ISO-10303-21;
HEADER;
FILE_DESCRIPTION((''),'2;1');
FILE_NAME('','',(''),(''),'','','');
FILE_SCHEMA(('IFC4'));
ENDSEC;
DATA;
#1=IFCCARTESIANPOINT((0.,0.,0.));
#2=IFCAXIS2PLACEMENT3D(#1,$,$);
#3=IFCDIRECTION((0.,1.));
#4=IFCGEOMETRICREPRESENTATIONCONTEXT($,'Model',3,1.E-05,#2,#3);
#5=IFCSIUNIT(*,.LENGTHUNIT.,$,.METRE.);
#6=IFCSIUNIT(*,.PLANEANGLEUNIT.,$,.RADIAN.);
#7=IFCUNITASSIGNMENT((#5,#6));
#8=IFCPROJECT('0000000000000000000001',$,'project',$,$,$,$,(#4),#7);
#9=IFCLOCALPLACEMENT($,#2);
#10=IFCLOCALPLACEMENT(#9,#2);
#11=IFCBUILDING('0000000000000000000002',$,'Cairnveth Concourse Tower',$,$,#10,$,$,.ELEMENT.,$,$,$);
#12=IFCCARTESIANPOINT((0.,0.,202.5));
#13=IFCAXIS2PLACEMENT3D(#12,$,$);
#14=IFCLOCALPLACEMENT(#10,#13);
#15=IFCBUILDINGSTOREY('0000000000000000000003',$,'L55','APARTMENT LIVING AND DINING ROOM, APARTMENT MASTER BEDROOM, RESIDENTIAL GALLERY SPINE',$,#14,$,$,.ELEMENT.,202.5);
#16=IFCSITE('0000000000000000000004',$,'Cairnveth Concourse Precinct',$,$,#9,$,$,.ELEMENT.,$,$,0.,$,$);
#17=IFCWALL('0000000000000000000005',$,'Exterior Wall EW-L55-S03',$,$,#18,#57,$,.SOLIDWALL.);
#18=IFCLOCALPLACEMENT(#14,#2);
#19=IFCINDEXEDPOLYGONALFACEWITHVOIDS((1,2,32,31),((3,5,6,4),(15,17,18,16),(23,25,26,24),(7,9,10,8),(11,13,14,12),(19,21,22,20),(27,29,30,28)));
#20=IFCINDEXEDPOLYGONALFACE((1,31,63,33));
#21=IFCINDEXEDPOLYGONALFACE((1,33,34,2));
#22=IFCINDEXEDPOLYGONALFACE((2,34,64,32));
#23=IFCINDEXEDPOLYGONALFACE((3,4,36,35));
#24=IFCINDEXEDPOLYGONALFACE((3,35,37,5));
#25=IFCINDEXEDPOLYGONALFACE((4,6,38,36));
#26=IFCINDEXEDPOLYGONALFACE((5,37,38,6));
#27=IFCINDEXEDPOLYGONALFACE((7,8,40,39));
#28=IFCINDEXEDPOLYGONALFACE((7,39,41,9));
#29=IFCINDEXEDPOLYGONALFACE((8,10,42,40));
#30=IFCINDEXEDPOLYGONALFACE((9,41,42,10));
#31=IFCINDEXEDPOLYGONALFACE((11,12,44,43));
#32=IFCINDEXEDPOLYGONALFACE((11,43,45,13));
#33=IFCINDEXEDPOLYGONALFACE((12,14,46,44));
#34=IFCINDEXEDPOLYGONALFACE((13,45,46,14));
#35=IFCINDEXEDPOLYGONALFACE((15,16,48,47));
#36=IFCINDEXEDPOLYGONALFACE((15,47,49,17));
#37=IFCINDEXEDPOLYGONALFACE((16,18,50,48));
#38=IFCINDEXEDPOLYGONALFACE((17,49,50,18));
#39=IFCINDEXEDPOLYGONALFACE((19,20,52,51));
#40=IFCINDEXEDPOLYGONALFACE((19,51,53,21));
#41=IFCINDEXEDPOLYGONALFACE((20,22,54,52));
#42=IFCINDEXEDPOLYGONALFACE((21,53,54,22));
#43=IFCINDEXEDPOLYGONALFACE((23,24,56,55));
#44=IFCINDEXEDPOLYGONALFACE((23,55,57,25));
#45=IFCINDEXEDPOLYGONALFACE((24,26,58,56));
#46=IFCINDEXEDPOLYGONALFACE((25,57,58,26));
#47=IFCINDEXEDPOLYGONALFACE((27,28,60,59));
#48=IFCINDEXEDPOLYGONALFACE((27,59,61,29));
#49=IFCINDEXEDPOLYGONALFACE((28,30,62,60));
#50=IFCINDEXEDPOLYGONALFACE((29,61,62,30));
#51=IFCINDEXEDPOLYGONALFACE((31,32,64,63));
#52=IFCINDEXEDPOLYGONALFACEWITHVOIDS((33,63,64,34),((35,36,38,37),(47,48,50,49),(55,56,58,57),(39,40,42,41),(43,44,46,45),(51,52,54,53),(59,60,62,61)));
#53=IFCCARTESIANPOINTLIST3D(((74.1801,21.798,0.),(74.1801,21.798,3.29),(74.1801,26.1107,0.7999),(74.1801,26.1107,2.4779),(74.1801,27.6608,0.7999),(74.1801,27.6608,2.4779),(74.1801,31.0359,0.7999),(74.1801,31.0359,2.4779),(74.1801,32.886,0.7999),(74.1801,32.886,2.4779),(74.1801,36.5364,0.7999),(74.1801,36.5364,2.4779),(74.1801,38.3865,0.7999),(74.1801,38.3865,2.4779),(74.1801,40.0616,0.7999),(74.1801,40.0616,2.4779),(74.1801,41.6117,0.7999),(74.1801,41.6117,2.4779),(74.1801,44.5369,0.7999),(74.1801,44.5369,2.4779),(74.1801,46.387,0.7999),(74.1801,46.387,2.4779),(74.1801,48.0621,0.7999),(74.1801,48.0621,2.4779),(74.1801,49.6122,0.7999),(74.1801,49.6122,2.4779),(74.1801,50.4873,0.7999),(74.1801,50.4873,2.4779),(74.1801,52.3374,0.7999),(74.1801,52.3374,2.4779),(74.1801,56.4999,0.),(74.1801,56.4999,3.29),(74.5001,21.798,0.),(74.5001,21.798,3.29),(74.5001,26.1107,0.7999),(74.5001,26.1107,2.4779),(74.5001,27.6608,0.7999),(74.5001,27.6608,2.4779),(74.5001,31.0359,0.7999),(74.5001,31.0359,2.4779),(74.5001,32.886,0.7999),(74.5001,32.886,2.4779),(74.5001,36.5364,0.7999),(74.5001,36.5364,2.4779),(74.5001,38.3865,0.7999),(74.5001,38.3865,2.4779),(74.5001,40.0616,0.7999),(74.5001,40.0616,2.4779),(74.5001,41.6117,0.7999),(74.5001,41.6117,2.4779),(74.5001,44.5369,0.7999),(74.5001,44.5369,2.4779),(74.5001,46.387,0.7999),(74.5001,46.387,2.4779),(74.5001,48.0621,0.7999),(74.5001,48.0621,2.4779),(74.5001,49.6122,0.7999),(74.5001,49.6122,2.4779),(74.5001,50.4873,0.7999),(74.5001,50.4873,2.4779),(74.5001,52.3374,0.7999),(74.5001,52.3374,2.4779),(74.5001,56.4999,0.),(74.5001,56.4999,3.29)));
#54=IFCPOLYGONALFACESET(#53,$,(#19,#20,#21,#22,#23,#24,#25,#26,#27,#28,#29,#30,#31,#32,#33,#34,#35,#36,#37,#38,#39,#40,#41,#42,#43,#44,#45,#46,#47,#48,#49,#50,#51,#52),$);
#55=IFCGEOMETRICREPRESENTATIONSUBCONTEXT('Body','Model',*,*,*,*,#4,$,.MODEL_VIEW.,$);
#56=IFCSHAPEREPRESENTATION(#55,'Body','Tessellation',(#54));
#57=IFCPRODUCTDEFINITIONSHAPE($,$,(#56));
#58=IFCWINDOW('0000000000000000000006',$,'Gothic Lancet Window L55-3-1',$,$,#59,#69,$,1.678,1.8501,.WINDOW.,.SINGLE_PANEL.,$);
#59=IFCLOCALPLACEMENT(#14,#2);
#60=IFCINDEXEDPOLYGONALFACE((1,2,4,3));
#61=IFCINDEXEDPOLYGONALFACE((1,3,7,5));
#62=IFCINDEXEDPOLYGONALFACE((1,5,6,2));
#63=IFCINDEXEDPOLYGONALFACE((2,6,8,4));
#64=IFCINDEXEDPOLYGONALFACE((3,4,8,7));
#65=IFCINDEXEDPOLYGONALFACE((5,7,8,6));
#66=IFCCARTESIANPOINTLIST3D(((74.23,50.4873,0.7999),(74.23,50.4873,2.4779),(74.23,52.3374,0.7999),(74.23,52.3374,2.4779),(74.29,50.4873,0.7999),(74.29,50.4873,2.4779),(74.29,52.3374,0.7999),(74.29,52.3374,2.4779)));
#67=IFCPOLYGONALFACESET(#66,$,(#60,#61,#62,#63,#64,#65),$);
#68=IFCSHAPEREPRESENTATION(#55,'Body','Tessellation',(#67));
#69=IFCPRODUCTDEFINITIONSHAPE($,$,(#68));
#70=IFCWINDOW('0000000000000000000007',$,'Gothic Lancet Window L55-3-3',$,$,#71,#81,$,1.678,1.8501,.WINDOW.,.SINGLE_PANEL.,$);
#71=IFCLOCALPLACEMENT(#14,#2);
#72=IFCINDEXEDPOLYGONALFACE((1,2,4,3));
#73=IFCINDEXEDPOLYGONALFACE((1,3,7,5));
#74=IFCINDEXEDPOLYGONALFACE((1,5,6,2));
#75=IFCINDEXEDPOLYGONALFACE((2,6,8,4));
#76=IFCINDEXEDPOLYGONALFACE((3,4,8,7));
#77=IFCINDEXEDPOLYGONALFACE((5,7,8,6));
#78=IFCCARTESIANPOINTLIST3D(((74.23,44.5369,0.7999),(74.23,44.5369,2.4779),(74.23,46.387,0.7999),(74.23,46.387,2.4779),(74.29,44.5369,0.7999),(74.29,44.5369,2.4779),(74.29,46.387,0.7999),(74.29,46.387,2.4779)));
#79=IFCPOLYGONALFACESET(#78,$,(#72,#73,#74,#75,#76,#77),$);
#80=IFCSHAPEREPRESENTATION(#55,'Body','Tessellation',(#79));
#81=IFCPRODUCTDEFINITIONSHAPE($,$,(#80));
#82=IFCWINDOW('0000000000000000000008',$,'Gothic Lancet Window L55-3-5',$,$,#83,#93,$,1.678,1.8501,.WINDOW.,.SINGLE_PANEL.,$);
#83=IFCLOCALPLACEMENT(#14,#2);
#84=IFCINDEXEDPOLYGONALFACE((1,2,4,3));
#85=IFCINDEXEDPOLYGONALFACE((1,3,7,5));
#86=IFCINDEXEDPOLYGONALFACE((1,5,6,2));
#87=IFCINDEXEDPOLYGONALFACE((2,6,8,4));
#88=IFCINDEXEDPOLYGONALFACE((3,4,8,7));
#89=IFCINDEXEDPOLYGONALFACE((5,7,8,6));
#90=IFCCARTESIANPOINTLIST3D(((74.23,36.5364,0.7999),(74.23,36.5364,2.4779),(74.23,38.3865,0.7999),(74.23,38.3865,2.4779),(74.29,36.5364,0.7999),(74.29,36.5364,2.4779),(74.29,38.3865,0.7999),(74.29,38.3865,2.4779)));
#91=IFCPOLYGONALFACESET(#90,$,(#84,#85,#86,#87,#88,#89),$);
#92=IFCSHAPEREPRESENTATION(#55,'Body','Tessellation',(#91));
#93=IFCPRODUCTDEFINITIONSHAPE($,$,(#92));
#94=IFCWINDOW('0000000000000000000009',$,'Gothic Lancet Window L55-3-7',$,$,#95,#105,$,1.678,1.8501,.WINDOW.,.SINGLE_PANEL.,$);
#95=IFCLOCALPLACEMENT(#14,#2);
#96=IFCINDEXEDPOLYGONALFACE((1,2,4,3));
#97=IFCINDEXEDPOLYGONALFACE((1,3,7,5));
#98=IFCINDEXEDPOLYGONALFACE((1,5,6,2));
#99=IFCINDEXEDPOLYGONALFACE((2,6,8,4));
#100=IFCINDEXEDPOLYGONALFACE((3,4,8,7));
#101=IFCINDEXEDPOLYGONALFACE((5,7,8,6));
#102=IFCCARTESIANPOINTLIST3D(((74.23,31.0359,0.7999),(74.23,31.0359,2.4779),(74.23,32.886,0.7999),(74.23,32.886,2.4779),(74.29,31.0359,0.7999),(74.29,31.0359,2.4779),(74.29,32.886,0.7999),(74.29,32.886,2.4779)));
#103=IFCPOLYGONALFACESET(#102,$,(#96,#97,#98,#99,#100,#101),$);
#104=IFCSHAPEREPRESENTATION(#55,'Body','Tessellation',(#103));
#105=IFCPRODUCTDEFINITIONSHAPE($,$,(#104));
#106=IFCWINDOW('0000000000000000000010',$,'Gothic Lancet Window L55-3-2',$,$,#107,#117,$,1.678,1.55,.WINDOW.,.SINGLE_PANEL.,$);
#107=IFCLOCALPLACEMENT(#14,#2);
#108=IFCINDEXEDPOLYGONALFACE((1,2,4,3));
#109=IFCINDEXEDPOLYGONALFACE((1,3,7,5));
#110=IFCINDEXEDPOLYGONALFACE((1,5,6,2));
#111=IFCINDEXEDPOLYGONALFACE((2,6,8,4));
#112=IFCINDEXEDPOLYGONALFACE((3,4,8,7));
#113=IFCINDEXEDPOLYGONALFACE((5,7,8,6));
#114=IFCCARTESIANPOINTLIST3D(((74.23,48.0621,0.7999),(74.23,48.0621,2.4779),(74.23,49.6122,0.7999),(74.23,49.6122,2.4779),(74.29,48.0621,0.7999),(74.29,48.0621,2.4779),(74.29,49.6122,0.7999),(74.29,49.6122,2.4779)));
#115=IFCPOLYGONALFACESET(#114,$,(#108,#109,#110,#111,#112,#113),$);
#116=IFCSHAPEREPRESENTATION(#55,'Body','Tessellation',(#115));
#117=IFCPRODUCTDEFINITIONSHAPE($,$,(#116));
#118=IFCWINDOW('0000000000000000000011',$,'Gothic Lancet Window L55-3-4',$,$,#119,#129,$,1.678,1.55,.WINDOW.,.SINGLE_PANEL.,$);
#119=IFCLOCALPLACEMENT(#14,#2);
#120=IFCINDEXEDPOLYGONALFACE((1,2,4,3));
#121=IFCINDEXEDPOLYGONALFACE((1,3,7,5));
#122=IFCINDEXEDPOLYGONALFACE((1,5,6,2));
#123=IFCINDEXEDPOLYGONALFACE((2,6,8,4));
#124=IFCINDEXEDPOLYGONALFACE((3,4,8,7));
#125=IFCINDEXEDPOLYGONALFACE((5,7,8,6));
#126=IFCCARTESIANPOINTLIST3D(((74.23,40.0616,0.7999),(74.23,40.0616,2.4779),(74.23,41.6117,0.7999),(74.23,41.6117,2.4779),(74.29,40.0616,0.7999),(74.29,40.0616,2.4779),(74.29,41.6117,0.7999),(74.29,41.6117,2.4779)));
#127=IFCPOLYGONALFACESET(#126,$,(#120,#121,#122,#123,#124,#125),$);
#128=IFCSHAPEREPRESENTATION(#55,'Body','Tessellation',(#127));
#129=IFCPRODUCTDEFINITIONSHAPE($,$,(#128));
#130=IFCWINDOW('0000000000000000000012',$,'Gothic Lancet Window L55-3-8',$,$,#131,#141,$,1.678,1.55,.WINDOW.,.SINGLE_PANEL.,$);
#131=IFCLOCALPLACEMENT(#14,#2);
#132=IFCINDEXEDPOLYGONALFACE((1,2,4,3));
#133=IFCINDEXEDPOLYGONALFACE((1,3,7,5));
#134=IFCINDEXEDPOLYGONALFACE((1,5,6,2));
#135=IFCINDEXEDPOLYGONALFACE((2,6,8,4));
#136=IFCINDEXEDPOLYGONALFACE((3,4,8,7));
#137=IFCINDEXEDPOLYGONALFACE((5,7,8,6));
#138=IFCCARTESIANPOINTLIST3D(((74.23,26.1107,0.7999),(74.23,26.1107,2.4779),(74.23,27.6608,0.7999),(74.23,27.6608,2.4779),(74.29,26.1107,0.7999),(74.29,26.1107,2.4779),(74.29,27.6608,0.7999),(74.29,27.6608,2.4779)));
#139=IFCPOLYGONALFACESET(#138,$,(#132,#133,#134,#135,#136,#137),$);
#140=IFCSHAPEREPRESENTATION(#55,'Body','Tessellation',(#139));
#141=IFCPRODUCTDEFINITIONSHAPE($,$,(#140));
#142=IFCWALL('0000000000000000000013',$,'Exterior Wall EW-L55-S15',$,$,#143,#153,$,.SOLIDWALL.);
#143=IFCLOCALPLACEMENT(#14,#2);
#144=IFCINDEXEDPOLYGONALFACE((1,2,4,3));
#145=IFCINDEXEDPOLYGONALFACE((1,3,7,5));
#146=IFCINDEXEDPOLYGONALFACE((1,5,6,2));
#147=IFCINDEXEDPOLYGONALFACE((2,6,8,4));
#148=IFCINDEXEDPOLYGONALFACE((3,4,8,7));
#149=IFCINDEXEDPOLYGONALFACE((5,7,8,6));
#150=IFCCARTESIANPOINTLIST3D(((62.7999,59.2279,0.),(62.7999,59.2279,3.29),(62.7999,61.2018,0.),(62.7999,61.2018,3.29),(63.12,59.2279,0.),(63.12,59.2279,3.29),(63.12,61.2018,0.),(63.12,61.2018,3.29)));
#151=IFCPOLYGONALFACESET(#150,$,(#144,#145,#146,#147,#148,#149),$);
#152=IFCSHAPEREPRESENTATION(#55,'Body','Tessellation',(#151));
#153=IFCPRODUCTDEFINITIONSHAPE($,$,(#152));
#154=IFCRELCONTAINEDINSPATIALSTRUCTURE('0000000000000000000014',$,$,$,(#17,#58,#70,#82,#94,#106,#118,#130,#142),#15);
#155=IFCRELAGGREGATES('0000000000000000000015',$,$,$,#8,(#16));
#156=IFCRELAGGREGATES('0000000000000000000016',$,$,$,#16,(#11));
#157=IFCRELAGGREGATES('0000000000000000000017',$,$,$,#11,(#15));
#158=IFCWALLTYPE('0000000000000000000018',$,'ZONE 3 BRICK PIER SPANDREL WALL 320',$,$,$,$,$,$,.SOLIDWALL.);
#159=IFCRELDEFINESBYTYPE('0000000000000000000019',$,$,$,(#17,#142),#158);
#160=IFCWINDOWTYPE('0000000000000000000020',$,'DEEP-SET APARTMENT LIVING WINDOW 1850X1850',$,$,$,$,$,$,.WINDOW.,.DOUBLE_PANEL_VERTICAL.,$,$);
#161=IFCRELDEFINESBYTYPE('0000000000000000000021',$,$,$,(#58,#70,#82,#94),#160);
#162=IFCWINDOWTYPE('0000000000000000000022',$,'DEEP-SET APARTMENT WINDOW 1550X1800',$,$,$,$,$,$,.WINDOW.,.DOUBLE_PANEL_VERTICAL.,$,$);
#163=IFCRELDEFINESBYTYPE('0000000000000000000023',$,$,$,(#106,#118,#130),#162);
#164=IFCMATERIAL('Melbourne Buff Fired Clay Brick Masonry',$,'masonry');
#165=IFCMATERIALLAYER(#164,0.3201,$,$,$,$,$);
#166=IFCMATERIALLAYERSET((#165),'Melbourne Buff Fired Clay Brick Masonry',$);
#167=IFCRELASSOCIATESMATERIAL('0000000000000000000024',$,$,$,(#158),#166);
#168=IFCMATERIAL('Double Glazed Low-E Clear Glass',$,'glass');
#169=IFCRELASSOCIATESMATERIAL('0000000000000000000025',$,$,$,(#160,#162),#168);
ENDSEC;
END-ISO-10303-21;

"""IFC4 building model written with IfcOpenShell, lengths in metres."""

from ifc_helpers import new_model, si_unit, direction, frame, frame_2d, origin, place, context, subcontext, project, spatial, rectangle, extrude, material, layer, layer_set, type_object, element, fill, save


model = new_model("IFC4")

# Units and contexts
model_context = context("Model", 3, precision=1e-05, world=origin(), true_north=direction((0.0, 1.0)))
body_context = subcontext(model_context, "Body", "Model", "MODEL_VIEW")
ifc_project = project(units=[si_unit("LENGTHUNIT", "METRE"), si_unit("PLANEANGLEUNIT", "RADIAN")], contexts=[model_context])

# Site, building, storey
site_placement = place(None, origin())
site = spatial("IfcSite", under=ifc_project, at=site_placement, Name="Cairnveth Concourse Precinct", CompositionType="ELEMENT", RefElevation=0.0)
building_placement = place(site_placement, origin())
building = spatial("IfcBuilding", under=site, at=building_placement, Name="Cairnveth Concourse Tower", CompositionType="ELEMENT")
storey_placement = place(building_placement, frame((0.0, 0.0, 202.5)))
storey = spatial("IfcBuildingStorey", under=building, at=storey_placement, Name="L55", Description="APARTMENT LIVING AND DINING ROOM, APARTMENT MASTER BEDROOM, RESIDENTIAL GALLERY SPINE", CompositionType="ELEMENT", Elevation=202.5)

# Shared definitions
ifc_material_1 = material(Name="Melbourne Buff Fired Clay Brick Masonry", Category="masonry")
ifc_layer_1 = layer(ifc_material_1, 0.3201)
ifc_layer_set_1 = layer_set([ifc_layer_1], Name="Melbourne Buff Fired Clay Brick Masonry")
wall_type = type_object("IfcWallType", Name="ZONE 3 BRICK PIER SPANDREL WALL 320", PredefinedType="SOLIDWALL", material=ifc_layer_set_1)
ifc_material_2 = material(Name="Double Glazed Low-E Clear Glass", Category="glass")

# Wall, openings, windows
wall_1_placement = place(storey_placement, frame((74.3401, 56.5, 0.0), z_axis=(0.0, 0.0, 1.0), x_axis=(0.0, -1.0, 0.0)))
wall_1 = element("IfcWall", 1, at=wall_1_placement, inside=storey, type_object=wall_type, Name="Exterior Wall EW-L55-S03", PredefinedType="SOLIDWALL", context=body_context, shape_type="SweptSolid", body=[
    extrude(rectangle(XDim=34.7019, YDim=0.3201, at=frame_2d((17.3511, 0.0))), origin(), (0.0, 0.0, 1.0), 3.29),
])
opening_1_placement = place(wall_1_placement, frame((4.1626, 0.0, 0.8)))
opening_1 = element("IfcOpeningElement", 2, at=opening_1_placement, cuts=wall_1, PredefinedType="OPENING", context=body_context, shape_type="SweptSolid", body=[
    extrude(rectangle(XDim=1.8501, YDim=1.678, at=frame_2d((0.925, 0.8389))), frame((0.0, 0.1699, 0.0), z_axis=(0.0, -1.0, 0.0), x_axis=(1.0, 0.0, 0.0)), (0.0, 0.0, 1.0), 0.3401),
])
opening_2_placement = place(wall_1_placement, frame((6.8879, 0.0, 0.8)))
opening_2 = element("IfcOpeningElement", 3, at=opening_2_placement, cuts=wall_1, PredefinedType="OPENING", context=body_context, shape_type="SweptSolid", body=[
    extrude(rectangle(XDim=1.55, YDim=1.678, at=frame_2d((0.7749, 0.8389))), frame((0.0, 0.1699, 0.0), z_axis=(0.0, -1.0, 0.0), x_axis=(1.0, 0.0, 0.0)), (0.0, 0.0, 1.0), 0.3401),
])
opening_3_placement = place(wall_1_placement, frame((10.113, 0.0, 0.8)))
opening_3 = element("IfcOpeningElement", 4, at=opening_3_placement, cuts=wall_1, PredefinedType="OPENING", context=body_context, shape_type="SweptSolid", body=[
    extrude(rectangle(XDim=1.8501, YDim=1.678, at=frame_2d((0.925, 0.8389))), frame((0.0, 0.1699, 0.0), z_axis=(0.0, -1.0, 0.0), x_axis=(1.0, 0.0, 0.0)), (0.0, 0.0, 1.0), 0.3401),
])
opening_4_placement = place(wall_1_placement, frame((14.8884, 0.0, 0.8)))
opening_4 = element("IfcOpeningElement", 5, at=opening_4_placement, cuts=wall_1, PredefinedType="OPENING", context=body_context, shape_type="SweptSolid", body=[
    extrude(rectangle(XDim=1.55, YDim=1.678, at=frame_2d((0.7749, 0.8389))), frame((0.0, 0.1699, 0.0), z_axis=(0.0, -1.0, 0.0), x_axis=(1.0, 0.0, 0.0)), (0.0, 0.0, 1.0), 0.3401),
])
opening_5_placement = place(wall_1_placement, frame((18.1135, 0.0, 0.8)))
opening_5 = element("IfcOpeningElement", 6, at=opening_5_placement, cuts=wall_1, PredefinedType="OPENING", context=body_context, shape_type="SweptSolid", body=[
    extrude(rectangle(XDim=1.8501, YDim=1.678, at=frame_2d((0.925, 0.8389))), frame((0.0, 0.1699, 0.0), z_axis=(0.0, -1.0, 0.0), x_axis=(1.0, 0.0, 0.0)), (0.0, 0.0, 1.0), 0.3401),
])
opening_6_placement = place(wall_1_placement, frame((23.614, 0.0, 0.8)))
opening_6 = element("IfcOpeningElement", 7, at=opening_6_placement, cuts=wall_1, PredefinedType="OPENING", context=body_context, shape_type="SweptSolid", body=[
    extrude(rectangle(XDim=1.8501, YDim=1.678, at=frame_2d((0.925, 0.8389))), frame((0.0, 0.1699, 0.0), z_axis=(0.0, -1.0, 0.0), x_axis=(1.0, 0.0, 0.0)), (0.0, 0.0, 1.0), 0.3401),
])
opening_7_placement = place(wall_1_placement, frame((28.8394, 0.0, 0.8)))
opening_7 = element("IfcOpeningElement", 8, at=opening_7_placement, cuts=wall_1, PredefinedType="OPENING", context=body_context, shape_type="SweptSolid", body=[
    extrude(rectangle(XDim=1.55, YDim=1.678, at=frame_2d((0.7749, 0.8389))), frame((0.0, 0.1699, 0.0), z_axis=(0.0, -1.0, 0.0), x_axis=(1.0, 0.0, 0.0)), (0.0, 0.0, 1.0), 0.3401),
])
window_type_1 = type_object("IfcWindowType", Name="DEEP-SET APARTMENT LIVING WINDOW 1850X1850", PartitioningType="DOUBLE_PANEL_VERTICAL", PredefinedType="WINDOW", material=ifc_material_2)
window_1_placement = place(opening_1_placement, origin())
window_1 = element("IfcWindow", 9, at=window_1_placement, inside=storey, type_object=window_type_1, Name="Gothic Lancet Window L55-3-1", OverallHeight=1.678, OverallWidth=1.8501, PartitioningType="SINGLE_PANEL", PredefinedType="WINDOW", context=body_context, shape_type="SweptSolid", body=[
    extrude(rectangle(XDim=1.8501, YDim=1.678, at=frame_2d((0.925, 0.8389))), frame((0.0, -0.05, 0.0), z_axis=(0.0, -1.0, 0.0), x_axis=(1.0, 0.0, 0.0)), (0.0, 0.0, 1.0), 0.0601),
])
fill(opening_1, window_1)
window_2_placement = place(opening_3_placement, origin())
window_2 = element("IfcWindow", 10, at=window_2_placement, inside=storey, type_object=window_type_1, Name="Gothic Lancet Window L55-3-3", OverallHeight=1.678, OverallWidth=1.8501, PartitioningType="SINGLE_PANEL", PredefinedType="WINDOW", context=body_context, shape_type="SweptSolid", body=[
    extrude(rectangle(XDim=1.8501, YDim=1.678, at=frame_2d((0.925, 0.8389))), frame((0.0, -0.05, 0.0), z_axis=(0.0, -1.0, 0.0), x_axis=(1.0, 0.0, 0.0)), (0.0, 0.0, 1.0), 0.0601),
])
fill(opening_3, window_2)
window_3_placement = place(opening_5_placement, origin())
window_3 = element("IfcWindow", 11, at=window_3_placement, inside=storey, type_object=window_type_1, Name="Gothic Lancet Window L55-3-5", OverallHeight=1.678, OverallWidth=1.8501, PartitioningType="SINGLE_PANEL", PredefinedType="WINDOW", context=body_context, shape_type="SweptSolid", body=[
    extrude(rectangle(XDim=1.8501, YDim=1.678, at=frame_2d((0.925, 0.8389))), frame((0.0, -0.05, 0.0), z_axis=(0.0, -1.0, 0.0), x_axis=(1.0, 0.0, 0.0)), (0.0, 0.0, 1.0), 0.0601),
])
fill(opening_5, window_3)
window_4_placement = place(opening_6_placement, origin())
window_4 = element("IfcWindow", 12, at=window_4_placement, inside=storey, type_object=window_type_1, Name="Gothic Lancet Window L55-3-7", OverallHeight=1.678, OverallWidth=1.8501, PartitioningType="SINGLE_PANEL", PredefinedType="WINDOW", context=body_context, shape_type="SweptSolid", body=[
    extrude(rectangle(XDim=1.8501, YDim=1.678, at=frame_2d((0.925, 0.8389))), frame((0.0, -0.05, 0.0), z_axis=(0.0, -1.0, 0.0), x_axis=(1.0, 0.0, 0.0)), (0.0, 0.0, 1.0), 0.0601),
])
fill(opening_6, window_4)
window_type_2 = type_object("IfcWindowType", Name="DEEP-SET APARTMENT WINDOW 1550X1800", PartitioningType="DOUBLE_PANEL_VERTICAL", PredefinedType="WINDOW", material=ifc_material_2)
window_5_placement = place(opening_2_placement, origin())
window_5 = element("IfcWindow", 13, at=window_5_placement, inside=storey, type_object=window_type_2, Name="Gothic Lancet Window L55-3-2", OverallHeight=1.678, OverallWidth=1.55, PartitioningType="SINGLE_PANEL", PredefinedType="WINDOW", context=body_context, shape_type="SweptSolid", body=[
    extrude(rectangle(XDim=1.55, YDim=1.678, at=frame_2d((0.7749, 0.8389))), frame((0.0, -0.05, 0.0), z_axis=(0.0, -1.0, 0.0), x_axis=(1.0, 0.0, 0.0)), (0.0, 0.0, 1.0), 0.0601),
])
fill(opening_2, window_5)
window_6_placement = place(opening_4_placement, origin())
window_6 = element("IfcWindow", 14, at=window_6_placement, inside=storey, type_object=window_type_2, Name="Gothic Lancet Window L55-3-4", OverallHeight=1.678, OverallWidth=1.55, PartitioningType="SINGLE_PANEL", PredefinedType="WINDOW", context=body_context, shape_type="SweptSolid", body=[
    extrude(rectangle(XDim=1.55, YDim=1.678, at=frame_2d((0.7749, 0.8389))), frame((0.0, -0.05, 0.0), z_axis=(0.0, -1.0, 0.0), x_axis=(1.0, 0.0, 0.0)), (0.0, 0.0, 1.0), 0.0601),
])
fill(opening_4, window_6)
window_7_placement = place(opening_7_placement, origin())
window_7 = element("IfcWindow", 15, at=window_7_placement, inside=storey, type_object=window_type_2, Name="Gothic Lancet Window L55-3-8", OverallHeight=1.678, OverallWidth=1.55, PartitioningType="SINGLE_PANEL", PredefinedType="WINDOW", context=body_context, shape_type="SweptSolid", body=[
    extrude(rectangle(XDim=1.55, YDim=1.678, at=frame_2d((0.7749, 0.8389))), frame((0.0, -0.05, 0.0), z_axis=(0.0, -1.0, 0.0), x_axis=(1.0, 0.0, 0.0)), (0.0, 0.0, 1.0), 0.0601),
])
fill(opening_7, window_7)

# Wall
wall_2_placement = place(storey_placement, frame((62.96, 59.228, 0.0), z_axis=(0.0, 0.0, 1.0), x_axis=(0.0, 1.0, 0.0)))
element("IfcWall", 16, at=wall_2_placement, inside=storey, type_object=wall_type, Name="Exterior Wall EW-L55-S15", PredefinedType="SOLIDWALL", context=body_context, shape_type="SweptSolid", body=[
    extrude(rectangle(XDim=1.9739, YDim=0.3201, at=frame_2d((0.9868, 0.0))), origin(), (0.0, 0.0, 1.0), 3.29),
])

save(model, "model.ifc")
